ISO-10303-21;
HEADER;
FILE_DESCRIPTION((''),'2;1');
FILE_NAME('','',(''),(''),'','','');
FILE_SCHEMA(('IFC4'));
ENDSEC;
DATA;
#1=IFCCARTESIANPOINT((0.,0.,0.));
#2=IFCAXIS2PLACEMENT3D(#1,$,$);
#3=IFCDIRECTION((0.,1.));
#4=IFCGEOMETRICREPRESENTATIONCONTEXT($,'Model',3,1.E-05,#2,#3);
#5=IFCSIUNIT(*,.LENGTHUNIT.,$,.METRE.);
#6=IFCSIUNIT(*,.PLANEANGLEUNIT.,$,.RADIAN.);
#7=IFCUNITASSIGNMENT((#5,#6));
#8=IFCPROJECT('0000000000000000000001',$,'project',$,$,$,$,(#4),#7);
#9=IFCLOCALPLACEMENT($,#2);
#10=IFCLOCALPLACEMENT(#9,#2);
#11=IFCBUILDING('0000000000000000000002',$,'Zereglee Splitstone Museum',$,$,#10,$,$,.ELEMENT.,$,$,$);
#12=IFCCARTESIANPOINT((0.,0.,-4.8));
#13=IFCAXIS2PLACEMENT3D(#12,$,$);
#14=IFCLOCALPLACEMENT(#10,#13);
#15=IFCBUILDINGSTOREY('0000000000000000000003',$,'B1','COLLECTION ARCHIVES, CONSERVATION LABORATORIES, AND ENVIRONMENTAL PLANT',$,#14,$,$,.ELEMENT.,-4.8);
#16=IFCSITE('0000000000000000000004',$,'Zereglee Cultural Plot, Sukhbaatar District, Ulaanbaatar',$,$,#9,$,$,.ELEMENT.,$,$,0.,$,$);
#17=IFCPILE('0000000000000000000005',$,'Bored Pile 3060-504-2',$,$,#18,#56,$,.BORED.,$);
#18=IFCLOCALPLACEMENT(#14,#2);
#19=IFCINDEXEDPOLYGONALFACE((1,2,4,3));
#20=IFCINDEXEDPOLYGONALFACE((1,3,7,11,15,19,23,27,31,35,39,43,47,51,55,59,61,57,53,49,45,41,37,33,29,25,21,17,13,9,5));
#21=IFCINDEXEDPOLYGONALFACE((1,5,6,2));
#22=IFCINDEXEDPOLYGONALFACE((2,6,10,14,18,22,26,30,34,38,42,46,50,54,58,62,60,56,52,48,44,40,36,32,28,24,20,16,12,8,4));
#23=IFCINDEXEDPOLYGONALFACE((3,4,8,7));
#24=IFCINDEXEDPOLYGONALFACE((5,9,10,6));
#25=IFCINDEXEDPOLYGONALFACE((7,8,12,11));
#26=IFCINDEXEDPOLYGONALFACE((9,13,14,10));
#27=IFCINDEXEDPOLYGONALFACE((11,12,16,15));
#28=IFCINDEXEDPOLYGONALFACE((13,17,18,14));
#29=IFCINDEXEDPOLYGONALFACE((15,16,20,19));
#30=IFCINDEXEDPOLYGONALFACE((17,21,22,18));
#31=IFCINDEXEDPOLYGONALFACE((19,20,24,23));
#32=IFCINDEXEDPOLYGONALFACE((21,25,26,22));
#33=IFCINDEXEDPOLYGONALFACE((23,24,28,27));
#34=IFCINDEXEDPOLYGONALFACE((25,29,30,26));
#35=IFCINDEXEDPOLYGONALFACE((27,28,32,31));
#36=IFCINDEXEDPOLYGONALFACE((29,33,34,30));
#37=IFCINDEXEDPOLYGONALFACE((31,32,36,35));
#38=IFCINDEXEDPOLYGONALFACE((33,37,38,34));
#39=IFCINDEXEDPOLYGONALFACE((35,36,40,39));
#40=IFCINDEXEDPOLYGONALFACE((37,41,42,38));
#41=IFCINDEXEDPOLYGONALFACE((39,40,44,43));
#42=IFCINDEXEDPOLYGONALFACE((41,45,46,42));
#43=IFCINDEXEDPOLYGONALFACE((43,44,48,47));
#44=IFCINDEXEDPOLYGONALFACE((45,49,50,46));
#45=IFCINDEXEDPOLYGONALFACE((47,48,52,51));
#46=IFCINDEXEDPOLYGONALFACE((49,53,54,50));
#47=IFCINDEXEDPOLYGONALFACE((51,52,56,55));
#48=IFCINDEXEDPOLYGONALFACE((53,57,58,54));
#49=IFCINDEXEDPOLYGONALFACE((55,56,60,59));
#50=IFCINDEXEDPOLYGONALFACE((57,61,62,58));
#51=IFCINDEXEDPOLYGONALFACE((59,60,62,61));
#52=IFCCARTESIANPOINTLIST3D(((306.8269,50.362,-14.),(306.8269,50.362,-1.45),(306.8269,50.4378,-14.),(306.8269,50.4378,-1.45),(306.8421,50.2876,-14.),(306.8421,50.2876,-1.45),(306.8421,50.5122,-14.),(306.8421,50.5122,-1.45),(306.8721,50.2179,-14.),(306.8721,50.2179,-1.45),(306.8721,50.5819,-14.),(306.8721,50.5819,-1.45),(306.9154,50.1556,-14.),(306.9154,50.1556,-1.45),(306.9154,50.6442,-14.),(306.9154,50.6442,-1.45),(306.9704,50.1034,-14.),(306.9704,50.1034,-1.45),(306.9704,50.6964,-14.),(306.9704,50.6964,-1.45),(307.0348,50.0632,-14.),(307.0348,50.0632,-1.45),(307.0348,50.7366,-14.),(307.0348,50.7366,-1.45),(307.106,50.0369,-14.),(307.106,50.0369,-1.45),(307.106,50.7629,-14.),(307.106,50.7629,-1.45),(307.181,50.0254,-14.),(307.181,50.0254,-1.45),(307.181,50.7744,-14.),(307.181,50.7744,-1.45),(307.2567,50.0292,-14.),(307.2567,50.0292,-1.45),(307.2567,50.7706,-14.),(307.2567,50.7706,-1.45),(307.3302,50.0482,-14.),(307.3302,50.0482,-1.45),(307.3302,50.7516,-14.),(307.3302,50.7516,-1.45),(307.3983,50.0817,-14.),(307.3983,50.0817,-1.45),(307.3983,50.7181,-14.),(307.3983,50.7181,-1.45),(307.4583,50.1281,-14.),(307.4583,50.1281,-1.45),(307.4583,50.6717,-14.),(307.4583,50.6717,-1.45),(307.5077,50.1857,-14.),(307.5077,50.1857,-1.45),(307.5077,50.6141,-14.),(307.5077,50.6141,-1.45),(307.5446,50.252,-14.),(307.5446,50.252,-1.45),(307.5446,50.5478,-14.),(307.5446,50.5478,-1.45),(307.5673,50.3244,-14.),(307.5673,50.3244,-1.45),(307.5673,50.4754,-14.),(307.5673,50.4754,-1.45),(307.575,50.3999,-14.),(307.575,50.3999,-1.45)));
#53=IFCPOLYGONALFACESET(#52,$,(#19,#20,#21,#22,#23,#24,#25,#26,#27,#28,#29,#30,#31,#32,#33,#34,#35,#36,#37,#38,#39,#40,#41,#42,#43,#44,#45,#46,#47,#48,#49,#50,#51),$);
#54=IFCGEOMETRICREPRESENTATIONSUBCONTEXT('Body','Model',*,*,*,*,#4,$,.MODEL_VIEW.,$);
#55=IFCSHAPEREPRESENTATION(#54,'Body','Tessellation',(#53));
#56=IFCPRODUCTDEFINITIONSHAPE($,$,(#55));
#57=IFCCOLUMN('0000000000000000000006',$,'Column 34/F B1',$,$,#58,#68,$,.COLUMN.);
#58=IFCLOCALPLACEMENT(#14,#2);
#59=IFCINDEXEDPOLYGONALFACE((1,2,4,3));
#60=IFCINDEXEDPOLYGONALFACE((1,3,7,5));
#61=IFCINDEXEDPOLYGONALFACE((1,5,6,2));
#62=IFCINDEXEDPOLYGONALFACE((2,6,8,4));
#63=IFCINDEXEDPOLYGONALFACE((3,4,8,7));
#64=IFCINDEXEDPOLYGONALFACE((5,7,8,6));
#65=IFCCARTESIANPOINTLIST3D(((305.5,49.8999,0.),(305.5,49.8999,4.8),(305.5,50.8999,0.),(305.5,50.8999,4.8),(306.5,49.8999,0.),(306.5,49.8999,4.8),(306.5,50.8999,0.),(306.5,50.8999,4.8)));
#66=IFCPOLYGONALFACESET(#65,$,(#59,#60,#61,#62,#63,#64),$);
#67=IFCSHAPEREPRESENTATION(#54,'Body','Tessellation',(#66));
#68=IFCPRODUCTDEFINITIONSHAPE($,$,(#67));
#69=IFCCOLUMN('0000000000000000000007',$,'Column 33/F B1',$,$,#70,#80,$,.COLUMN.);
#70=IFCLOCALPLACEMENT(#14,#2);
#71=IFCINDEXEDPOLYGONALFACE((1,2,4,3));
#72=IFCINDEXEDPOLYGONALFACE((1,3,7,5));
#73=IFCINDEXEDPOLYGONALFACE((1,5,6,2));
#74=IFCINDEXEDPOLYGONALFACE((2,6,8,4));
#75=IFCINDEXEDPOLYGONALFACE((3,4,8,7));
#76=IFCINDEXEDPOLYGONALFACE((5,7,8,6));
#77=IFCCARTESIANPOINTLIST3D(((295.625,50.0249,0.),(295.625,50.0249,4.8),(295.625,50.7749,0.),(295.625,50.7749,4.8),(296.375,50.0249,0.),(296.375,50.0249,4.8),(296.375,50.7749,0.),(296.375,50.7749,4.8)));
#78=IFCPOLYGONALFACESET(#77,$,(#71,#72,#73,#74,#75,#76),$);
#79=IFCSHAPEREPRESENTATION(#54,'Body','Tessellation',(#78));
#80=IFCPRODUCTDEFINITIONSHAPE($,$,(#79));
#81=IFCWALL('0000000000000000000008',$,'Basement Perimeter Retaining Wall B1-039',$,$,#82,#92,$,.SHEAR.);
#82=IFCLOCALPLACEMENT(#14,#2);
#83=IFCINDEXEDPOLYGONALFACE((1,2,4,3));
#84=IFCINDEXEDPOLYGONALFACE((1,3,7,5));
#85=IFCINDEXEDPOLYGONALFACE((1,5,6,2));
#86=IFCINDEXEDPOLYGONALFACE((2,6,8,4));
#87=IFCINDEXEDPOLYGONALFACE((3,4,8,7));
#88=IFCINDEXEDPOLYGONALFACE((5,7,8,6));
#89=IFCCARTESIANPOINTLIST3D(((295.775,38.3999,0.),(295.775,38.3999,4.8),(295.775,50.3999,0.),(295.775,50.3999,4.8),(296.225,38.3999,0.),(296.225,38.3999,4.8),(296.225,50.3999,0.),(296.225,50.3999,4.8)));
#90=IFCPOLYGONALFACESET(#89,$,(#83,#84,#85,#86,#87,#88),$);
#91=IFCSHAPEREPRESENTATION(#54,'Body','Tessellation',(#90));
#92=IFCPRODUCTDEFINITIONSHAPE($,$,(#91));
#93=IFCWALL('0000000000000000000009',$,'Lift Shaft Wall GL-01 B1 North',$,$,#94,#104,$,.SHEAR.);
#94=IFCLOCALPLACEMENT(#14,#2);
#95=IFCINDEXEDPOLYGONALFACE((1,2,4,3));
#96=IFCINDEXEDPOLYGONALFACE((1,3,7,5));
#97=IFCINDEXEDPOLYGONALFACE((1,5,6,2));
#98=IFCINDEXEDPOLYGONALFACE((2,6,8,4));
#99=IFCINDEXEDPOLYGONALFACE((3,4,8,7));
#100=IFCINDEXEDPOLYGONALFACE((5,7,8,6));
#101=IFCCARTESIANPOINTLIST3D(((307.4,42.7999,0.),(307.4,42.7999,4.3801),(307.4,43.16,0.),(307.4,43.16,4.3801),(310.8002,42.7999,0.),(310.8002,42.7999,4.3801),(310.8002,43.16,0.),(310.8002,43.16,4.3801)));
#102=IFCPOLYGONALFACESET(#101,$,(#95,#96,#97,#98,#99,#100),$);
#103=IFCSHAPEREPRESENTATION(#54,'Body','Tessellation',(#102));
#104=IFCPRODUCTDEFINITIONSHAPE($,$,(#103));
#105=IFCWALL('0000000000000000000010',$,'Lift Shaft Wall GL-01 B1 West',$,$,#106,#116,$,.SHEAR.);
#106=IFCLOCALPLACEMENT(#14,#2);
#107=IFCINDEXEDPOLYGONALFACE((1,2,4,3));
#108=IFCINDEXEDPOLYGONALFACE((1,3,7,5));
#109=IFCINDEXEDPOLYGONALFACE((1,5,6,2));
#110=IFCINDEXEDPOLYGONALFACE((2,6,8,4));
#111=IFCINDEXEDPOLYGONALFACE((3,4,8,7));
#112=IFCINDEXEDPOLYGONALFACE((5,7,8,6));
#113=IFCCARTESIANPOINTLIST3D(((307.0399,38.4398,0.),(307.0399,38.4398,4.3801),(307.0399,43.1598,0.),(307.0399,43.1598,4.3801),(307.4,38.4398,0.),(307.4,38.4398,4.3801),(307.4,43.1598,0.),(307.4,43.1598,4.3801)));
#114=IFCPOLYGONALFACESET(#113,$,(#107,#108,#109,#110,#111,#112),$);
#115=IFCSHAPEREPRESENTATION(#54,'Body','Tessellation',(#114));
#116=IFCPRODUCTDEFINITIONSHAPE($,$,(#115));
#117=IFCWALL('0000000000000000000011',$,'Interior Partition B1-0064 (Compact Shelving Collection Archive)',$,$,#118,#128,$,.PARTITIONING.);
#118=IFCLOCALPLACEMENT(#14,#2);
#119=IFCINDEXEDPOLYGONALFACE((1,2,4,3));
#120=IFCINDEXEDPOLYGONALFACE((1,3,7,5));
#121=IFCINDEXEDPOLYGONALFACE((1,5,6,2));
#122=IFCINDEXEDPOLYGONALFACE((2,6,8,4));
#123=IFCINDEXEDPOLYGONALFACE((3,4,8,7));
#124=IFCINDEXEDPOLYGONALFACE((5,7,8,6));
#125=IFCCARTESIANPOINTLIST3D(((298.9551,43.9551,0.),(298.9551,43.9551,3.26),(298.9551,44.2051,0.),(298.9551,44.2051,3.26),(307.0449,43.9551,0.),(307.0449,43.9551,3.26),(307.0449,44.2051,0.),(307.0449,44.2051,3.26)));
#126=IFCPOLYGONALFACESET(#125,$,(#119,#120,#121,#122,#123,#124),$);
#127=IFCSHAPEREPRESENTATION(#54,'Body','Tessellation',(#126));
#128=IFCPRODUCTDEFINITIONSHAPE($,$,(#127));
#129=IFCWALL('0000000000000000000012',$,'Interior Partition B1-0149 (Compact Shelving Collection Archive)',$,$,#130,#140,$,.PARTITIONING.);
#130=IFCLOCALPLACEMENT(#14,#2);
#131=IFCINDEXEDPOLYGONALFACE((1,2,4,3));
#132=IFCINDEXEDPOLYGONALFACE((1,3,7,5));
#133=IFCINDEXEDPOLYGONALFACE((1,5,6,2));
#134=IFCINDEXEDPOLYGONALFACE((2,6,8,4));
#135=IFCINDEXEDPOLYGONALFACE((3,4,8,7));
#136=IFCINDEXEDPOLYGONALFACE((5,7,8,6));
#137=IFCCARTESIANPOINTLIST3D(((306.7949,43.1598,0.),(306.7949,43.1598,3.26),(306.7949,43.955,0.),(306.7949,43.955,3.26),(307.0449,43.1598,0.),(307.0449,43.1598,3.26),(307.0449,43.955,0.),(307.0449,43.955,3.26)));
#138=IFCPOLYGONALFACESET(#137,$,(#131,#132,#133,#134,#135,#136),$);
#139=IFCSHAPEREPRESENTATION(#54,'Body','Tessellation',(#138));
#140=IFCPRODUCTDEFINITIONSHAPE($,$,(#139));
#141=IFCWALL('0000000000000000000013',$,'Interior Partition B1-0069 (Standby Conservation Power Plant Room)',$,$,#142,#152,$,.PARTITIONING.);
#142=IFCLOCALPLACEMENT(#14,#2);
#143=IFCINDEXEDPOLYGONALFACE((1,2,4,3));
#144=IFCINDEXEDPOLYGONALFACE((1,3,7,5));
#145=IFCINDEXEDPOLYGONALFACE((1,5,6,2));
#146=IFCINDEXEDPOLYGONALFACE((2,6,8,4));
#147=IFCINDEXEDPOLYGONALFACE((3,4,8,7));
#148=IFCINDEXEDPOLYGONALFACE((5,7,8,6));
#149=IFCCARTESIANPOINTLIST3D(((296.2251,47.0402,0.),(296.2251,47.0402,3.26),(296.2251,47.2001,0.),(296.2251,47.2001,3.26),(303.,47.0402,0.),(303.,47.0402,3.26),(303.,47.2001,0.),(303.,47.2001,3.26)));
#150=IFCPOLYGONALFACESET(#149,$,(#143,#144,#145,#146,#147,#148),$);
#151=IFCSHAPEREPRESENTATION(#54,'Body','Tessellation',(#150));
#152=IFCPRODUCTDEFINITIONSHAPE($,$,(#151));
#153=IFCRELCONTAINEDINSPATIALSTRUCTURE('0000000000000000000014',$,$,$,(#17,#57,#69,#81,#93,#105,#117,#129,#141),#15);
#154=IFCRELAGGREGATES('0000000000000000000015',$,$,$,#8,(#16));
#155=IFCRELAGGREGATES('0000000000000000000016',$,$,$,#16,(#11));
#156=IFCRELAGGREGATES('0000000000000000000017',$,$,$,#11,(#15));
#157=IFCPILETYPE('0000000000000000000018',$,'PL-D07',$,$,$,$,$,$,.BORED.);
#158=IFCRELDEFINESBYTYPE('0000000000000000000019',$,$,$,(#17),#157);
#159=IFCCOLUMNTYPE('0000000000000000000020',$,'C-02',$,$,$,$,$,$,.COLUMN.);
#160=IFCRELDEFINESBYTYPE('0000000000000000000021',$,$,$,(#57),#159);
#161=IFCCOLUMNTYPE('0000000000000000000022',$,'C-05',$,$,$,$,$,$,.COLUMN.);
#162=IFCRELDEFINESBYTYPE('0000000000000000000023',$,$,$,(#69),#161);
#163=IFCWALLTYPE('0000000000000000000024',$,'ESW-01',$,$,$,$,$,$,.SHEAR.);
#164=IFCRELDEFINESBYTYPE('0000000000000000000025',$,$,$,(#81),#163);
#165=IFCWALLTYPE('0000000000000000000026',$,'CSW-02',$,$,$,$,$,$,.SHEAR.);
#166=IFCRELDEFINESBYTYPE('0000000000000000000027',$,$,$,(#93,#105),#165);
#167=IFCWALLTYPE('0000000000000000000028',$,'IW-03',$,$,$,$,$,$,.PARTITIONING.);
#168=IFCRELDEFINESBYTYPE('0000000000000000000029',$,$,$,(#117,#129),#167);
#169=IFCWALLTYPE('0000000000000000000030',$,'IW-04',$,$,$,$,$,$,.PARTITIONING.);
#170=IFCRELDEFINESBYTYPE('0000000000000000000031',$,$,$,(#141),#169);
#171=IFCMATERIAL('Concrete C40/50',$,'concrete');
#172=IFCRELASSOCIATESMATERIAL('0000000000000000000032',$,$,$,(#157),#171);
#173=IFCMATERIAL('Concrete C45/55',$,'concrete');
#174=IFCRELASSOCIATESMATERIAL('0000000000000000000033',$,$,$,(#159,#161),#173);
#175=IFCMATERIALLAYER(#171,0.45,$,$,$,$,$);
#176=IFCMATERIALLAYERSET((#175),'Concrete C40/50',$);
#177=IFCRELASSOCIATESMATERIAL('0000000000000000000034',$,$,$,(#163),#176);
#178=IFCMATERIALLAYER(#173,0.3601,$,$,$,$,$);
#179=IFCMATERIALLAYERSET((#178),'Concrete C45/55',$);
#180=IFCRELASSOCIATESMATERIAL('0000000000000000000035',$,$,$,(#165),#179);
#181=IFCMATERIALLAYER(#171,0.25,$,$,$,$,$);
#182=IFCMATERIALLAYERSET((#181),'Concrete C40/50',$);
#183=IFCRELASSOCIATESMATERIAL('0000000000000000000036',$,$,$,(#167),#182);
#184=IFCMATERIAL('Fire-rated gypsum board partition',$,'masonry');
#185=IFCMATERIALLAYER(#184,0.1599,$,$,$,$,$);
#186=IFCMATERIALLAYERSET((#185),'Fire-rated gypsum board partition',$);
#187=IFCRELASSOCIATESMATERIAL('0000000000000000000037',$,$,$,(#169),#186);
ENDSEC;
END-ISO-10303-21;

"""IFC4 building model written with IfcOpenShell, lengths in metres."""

from ifc_helpers import new_model, si_unit, direction, frame, frame_2d, origin, origin_2d, place, context, subcontext, project, spatial, rectangle, circle, extrude, material, layer, layer_set, material_profile, profile_set, type_object, element, save


model = new_model("IFC4")

# Units and contexts
model_context = context("Model", 3, precision=1e-05, world=origin(), true_north=direction((0.0, 1.0)))
body_context = subcontext(model_context, "Body", "Model", "MODEL_VIEW")
ifc_project = project(units=[si_unit("LENGTHUNIT", "METRE"), si_unit("PLANEANGLEUNIT", "RADIAN")], contexts=[model_context])

# Site, building, storey
site_placement = place(None, origin())
site = spatial("IfcSite", under=ifc_project, at=site_placement, Name="Zereglee Cultural Plot, Sukhbaatar District, Ulaanbaatar", CompositionType="ELEMENT", RefElevation=0.0)
building_placement = place(site_placement, origin())
building = spatial("IfcBuilding", under=site, at=building_placement, Name="Zereglee Splitstone Museum", CompositionType="ELEMENT")
storey_placement = place(building_placement, frame((0.0, 0.0, -4.8)))
storey = spatial("IfcBuildingStorey", under=building, at=storey_placement, Name="B1", Description="COLLECTION ARCHIVES, CONSERVATION LABORATORIES, AND ENVIRONMENTAL PLANT", CompositionType="ELEMENT", Elevation=-4.8)

# Shared definitions
ifc_material_1 = material(Name="Concrete C40/50", Category="concrete")

# Pile
ifc_material_profile_1 = material_profile(ifc_material_1, circle(Radius=0.375, at=origin_2d()), Name="PILE D750")
ifc_profile_set_1 = profile_set([ifc_material_profile_1], Name="Concrete C40/50")
pile_type = type_object("IfcPileType", Name="PL-D07", PredefinedType="BORED", material=ifc_profile_set_1)
for number, where, z_axis, x_axis, name in (
    (1, (307.2, 50.3999, -1.45), (0.0, 0.0, -1.0), (1.0, 0.0, 0.0), "Bored Pile 3060-504-2"),
):
    element("IfcPile", number, at=place(storey_placement, frame(where, z_axis=z_axis, x_axis=x_axis)), inside=storey, type_object=pile_type, Name=name, PredefinedType="BORED", context=body_context, shape_type="SweptSolid", body=[
        extrude(circle(Radius=0.375, at=origin_2d()), origin(), (0.0, 0.0, 1.0), 12.55),
    ])

# Columns
ifc_material_2 = material(Name="Concrete C45/55", Category="concrete")
ifc_material_profile_2 = material_profile(ifc_material_2, rectangle(XDim=1.0, YDim=1.0, at=origin_2d()), Name="RC 1000x1000")
ifc_profile_set_2 = profile_set([ifc_material_profile_2], Name="Concrete C45/55")
column_type_1 = type_object("IfcColumnType", Name="C-02", PredefinedType="COLUMN", material=ifc_profile_set_2)
column_1_placement = place(storey_placement, frame((306.0, 50.3999, 0.0), z_axis=(0.0, 0.0, 1.0), x_axis=(1.0, 0.0, 0.0)))
element("IfcColumn", 2, at=column_1_placement, inside=storey, type_object=column_type_1, Name="Column 34/F B1", PredefinedType="COLUMN", context=body_context, shape_type="SweptSolid", body=[
    extrude(rectangle(XDim=1.0, YDim=1.0, at=origin_2d()), origin(), (0.0, 0.0, 1.0), 4.8),
])
ifc_material_profile_3 = material_profile(ifc_material_2, rectangle(XDim=0.75, YDim=0.75, at=origin_2d()), Name="RC 750x750")
ifc_profile_set_3 = profile_set([ifc_material_profile_3], Name="Concrete C45/55")
column_type_2 = type_object("IfcColumnType", Name="C-05", PredefinedType="COLUMN", material=ifc_profile_set_3)
column_2_placement = place(storey_placement, frame((296.0, 50.3999, 0.0), z_axis=(0.0, 0.0, 1.0), x_axis=(1.0, 0.0, 0.0)))
element("IfcColumn", 3, at=column_2_placement, inside=storey, type_object=column_type_2, Name="Column 33/F B1", PredefinedType="COLUMN", context=body_context, shape_type="SweptSolid", body=[
    extrude(rectangle(XDim=0.75, YDim=0.75, at=origin_2d()), origin(), (0.0, 0.0, 1.0), 4.8),
])

# Walls
ifc_layer_1 = layer(ifc_material_1, 0.45)
ifc_layer_set_1 = layer_set([ifc_layer_1], Name="Concrete C40/50")
wall_type_1 = type_object("IfcWallType", Name="ESW-01", PredefinedType="SHEAR", material=ifc_layer_set_1)
wall_1_placement = place(storey_placement, frame((296.0, 50.3999, 0.0), z_axis=(0.0, 0.0, 1.0), x_axis=(0.0, -1.0, 0.0)))
element("IfcWall", 4, at=wall_1_placement, inside=storey, type_object=wall_type_1, Name="Basement Perimeter Retaining Wall B1-039", PredefinedType="SHEAR", context=body_context, shape_type="SweptSolid", body=[
    extrude(rectangle(XDim=12.0, YDim=0.45, at=frame_2d((6.0, 0.0))), origin(), (0.0, 0.0, 1.0), 4.8),
])
ifc_layer_2 = layer(ifc_material_2, 0.3601)
ifc_layer_set_2 = layer_set([ifc_layer_2], Name="Concrete C45/55")
wall_type_2 = type_object("IfcWallType", Name="CSW-02", PredefinedType="SHEAR", material=ifc_layer_set_2)
wall_2_placement = place(storey_placement, frame((307.3999, 42.98, 0.0), z_axis=(0.0, 0.0, 1.0), x_axis=(1.0, 0.0, 0.0)))
element("IfcWall", 5, at=wall_2_placement, inside=storey, type_object=wall_type_2, Name="Lift Shaft Wall GL-01 B1 North", PredefinedType="SHEAR", context=body_context, shape_type="SweptSolid", body=[
    extrude(rectangle(XDim=3.4001, YDim=0.3601, at=frame_2d((1.7002, 0.0))), origin(), (0.0, 0.0, 1.0), 4.3801),
])

# Walls
wall_3_placement = place(storey_placement, frame((307.22, 38.4399, 0.0), z_axis=(0.0, 0.0, 1.0), x_axis=(0.0, 1.0, 0.0)))
element("IfcWall", 6, at=wall_3_placement, inside=storey, type_object=wall_type_2, Name="Lift Shaft Wall GL-01 B1 West", PredefinedType="SHEAR", context=body_context, shape_type="SweptSolid", body=[
    extrude(rectangle(XDim=4.72, YDim=0.3601, at=frame_2d((2.3599, 0.0))), origin(), (0.0, 0.0, 1.0), 4.3801),
])
ifc_layer_3 = layer(ifc_material_1, 0.25)
ifc_layer_set_3 = layer_set([ifc_layer_3], Name="Concrete C40/50")
wall_type_3 = type_object("IfcWallType", Name="IW-03", PredefinedType="PARTITIONING", material=ifc_layer_set_3)
wall_4_placement = place(storey_placement, frame((298.9551, 44.0801, 0.0), z_axis=(0.0, 0.0, 1.0), x_axis=(1.0, 0.0, 0.0)))
element("IfcWall", 7, at=wall_4_placement, inside=storey, type_object=wall_type_3, Name="Interior Partition B1-0064 (Compact Shelving Collection Archive)", PredefinedType="PARTITIONING", context=body_context, shape_type="SweptSolid", body=[
    extrude(rectangle(XDim=8.0898, YDim=0.25, at=frame_2d((4.0449, 0.0))), origin(), (0.0, 0.0, 1.0), 3.26),
])
wall_5_placement = place(storey_placement, frame((306.9199, 43.1599, 0.0), z_axis=(0.0, 0.0, 1.0), x_axis=(0.0, 1.0, 0.0)))
element("IfcWall", 8, at=wall_5_placement, inside=storey, type_object=wall_type_3, Name="Interior Partition B1-0149 (Compact Shelving Collection Archive)", PredefinedType="PARTITIONING", context=body_context, shape_type="SweptSolid", body=[
    extrude(rectangle(XDim=0.7952, YDim=0.25, at=frame_2d((0.3975, 0.0))), origin(), (0.0, 0.0, 1.0), 3.26),
])
ifc_material_3 = material(Name="Fire-rated gypsum board partition", Category="masonry")
ifc_layer_4 = layer(ifc_material_3, 0.1599)
ifc_layer_set_4 = layer_set([ifc_layer_4], Name="Fire-rated gypsum board partition")
wall_type_4 = type_object("IfcWallType", Name="IW-04", PredefinedType="PARTITIONING", material=ifc_layer_set_4)
wall_6_placement = place(storey_placement, frame((296.2251, 47.1201, 0.0), z_axis=(0.0, 0.0, 1.0), x_axis=(1.0, 0.0, 0.0)))
element("IfcWall", 9, at=wall_6_placement, inside=storey, type_object=wall_type_4, Name="Interior Partition B1-0069 (Standby Conservation Power Plant Room)", PredefinedType="PARTITIONING", context=body_context, shape_type="SweptSolid", body=[
    extrude(rectangle(XDim=6.7749, YDim=0.1599, at=frame_2d((3.3875, 0.0))), origin(), (0.0, 0.0, 1.0), 3.26),
])

save(model, "model.ifc")
